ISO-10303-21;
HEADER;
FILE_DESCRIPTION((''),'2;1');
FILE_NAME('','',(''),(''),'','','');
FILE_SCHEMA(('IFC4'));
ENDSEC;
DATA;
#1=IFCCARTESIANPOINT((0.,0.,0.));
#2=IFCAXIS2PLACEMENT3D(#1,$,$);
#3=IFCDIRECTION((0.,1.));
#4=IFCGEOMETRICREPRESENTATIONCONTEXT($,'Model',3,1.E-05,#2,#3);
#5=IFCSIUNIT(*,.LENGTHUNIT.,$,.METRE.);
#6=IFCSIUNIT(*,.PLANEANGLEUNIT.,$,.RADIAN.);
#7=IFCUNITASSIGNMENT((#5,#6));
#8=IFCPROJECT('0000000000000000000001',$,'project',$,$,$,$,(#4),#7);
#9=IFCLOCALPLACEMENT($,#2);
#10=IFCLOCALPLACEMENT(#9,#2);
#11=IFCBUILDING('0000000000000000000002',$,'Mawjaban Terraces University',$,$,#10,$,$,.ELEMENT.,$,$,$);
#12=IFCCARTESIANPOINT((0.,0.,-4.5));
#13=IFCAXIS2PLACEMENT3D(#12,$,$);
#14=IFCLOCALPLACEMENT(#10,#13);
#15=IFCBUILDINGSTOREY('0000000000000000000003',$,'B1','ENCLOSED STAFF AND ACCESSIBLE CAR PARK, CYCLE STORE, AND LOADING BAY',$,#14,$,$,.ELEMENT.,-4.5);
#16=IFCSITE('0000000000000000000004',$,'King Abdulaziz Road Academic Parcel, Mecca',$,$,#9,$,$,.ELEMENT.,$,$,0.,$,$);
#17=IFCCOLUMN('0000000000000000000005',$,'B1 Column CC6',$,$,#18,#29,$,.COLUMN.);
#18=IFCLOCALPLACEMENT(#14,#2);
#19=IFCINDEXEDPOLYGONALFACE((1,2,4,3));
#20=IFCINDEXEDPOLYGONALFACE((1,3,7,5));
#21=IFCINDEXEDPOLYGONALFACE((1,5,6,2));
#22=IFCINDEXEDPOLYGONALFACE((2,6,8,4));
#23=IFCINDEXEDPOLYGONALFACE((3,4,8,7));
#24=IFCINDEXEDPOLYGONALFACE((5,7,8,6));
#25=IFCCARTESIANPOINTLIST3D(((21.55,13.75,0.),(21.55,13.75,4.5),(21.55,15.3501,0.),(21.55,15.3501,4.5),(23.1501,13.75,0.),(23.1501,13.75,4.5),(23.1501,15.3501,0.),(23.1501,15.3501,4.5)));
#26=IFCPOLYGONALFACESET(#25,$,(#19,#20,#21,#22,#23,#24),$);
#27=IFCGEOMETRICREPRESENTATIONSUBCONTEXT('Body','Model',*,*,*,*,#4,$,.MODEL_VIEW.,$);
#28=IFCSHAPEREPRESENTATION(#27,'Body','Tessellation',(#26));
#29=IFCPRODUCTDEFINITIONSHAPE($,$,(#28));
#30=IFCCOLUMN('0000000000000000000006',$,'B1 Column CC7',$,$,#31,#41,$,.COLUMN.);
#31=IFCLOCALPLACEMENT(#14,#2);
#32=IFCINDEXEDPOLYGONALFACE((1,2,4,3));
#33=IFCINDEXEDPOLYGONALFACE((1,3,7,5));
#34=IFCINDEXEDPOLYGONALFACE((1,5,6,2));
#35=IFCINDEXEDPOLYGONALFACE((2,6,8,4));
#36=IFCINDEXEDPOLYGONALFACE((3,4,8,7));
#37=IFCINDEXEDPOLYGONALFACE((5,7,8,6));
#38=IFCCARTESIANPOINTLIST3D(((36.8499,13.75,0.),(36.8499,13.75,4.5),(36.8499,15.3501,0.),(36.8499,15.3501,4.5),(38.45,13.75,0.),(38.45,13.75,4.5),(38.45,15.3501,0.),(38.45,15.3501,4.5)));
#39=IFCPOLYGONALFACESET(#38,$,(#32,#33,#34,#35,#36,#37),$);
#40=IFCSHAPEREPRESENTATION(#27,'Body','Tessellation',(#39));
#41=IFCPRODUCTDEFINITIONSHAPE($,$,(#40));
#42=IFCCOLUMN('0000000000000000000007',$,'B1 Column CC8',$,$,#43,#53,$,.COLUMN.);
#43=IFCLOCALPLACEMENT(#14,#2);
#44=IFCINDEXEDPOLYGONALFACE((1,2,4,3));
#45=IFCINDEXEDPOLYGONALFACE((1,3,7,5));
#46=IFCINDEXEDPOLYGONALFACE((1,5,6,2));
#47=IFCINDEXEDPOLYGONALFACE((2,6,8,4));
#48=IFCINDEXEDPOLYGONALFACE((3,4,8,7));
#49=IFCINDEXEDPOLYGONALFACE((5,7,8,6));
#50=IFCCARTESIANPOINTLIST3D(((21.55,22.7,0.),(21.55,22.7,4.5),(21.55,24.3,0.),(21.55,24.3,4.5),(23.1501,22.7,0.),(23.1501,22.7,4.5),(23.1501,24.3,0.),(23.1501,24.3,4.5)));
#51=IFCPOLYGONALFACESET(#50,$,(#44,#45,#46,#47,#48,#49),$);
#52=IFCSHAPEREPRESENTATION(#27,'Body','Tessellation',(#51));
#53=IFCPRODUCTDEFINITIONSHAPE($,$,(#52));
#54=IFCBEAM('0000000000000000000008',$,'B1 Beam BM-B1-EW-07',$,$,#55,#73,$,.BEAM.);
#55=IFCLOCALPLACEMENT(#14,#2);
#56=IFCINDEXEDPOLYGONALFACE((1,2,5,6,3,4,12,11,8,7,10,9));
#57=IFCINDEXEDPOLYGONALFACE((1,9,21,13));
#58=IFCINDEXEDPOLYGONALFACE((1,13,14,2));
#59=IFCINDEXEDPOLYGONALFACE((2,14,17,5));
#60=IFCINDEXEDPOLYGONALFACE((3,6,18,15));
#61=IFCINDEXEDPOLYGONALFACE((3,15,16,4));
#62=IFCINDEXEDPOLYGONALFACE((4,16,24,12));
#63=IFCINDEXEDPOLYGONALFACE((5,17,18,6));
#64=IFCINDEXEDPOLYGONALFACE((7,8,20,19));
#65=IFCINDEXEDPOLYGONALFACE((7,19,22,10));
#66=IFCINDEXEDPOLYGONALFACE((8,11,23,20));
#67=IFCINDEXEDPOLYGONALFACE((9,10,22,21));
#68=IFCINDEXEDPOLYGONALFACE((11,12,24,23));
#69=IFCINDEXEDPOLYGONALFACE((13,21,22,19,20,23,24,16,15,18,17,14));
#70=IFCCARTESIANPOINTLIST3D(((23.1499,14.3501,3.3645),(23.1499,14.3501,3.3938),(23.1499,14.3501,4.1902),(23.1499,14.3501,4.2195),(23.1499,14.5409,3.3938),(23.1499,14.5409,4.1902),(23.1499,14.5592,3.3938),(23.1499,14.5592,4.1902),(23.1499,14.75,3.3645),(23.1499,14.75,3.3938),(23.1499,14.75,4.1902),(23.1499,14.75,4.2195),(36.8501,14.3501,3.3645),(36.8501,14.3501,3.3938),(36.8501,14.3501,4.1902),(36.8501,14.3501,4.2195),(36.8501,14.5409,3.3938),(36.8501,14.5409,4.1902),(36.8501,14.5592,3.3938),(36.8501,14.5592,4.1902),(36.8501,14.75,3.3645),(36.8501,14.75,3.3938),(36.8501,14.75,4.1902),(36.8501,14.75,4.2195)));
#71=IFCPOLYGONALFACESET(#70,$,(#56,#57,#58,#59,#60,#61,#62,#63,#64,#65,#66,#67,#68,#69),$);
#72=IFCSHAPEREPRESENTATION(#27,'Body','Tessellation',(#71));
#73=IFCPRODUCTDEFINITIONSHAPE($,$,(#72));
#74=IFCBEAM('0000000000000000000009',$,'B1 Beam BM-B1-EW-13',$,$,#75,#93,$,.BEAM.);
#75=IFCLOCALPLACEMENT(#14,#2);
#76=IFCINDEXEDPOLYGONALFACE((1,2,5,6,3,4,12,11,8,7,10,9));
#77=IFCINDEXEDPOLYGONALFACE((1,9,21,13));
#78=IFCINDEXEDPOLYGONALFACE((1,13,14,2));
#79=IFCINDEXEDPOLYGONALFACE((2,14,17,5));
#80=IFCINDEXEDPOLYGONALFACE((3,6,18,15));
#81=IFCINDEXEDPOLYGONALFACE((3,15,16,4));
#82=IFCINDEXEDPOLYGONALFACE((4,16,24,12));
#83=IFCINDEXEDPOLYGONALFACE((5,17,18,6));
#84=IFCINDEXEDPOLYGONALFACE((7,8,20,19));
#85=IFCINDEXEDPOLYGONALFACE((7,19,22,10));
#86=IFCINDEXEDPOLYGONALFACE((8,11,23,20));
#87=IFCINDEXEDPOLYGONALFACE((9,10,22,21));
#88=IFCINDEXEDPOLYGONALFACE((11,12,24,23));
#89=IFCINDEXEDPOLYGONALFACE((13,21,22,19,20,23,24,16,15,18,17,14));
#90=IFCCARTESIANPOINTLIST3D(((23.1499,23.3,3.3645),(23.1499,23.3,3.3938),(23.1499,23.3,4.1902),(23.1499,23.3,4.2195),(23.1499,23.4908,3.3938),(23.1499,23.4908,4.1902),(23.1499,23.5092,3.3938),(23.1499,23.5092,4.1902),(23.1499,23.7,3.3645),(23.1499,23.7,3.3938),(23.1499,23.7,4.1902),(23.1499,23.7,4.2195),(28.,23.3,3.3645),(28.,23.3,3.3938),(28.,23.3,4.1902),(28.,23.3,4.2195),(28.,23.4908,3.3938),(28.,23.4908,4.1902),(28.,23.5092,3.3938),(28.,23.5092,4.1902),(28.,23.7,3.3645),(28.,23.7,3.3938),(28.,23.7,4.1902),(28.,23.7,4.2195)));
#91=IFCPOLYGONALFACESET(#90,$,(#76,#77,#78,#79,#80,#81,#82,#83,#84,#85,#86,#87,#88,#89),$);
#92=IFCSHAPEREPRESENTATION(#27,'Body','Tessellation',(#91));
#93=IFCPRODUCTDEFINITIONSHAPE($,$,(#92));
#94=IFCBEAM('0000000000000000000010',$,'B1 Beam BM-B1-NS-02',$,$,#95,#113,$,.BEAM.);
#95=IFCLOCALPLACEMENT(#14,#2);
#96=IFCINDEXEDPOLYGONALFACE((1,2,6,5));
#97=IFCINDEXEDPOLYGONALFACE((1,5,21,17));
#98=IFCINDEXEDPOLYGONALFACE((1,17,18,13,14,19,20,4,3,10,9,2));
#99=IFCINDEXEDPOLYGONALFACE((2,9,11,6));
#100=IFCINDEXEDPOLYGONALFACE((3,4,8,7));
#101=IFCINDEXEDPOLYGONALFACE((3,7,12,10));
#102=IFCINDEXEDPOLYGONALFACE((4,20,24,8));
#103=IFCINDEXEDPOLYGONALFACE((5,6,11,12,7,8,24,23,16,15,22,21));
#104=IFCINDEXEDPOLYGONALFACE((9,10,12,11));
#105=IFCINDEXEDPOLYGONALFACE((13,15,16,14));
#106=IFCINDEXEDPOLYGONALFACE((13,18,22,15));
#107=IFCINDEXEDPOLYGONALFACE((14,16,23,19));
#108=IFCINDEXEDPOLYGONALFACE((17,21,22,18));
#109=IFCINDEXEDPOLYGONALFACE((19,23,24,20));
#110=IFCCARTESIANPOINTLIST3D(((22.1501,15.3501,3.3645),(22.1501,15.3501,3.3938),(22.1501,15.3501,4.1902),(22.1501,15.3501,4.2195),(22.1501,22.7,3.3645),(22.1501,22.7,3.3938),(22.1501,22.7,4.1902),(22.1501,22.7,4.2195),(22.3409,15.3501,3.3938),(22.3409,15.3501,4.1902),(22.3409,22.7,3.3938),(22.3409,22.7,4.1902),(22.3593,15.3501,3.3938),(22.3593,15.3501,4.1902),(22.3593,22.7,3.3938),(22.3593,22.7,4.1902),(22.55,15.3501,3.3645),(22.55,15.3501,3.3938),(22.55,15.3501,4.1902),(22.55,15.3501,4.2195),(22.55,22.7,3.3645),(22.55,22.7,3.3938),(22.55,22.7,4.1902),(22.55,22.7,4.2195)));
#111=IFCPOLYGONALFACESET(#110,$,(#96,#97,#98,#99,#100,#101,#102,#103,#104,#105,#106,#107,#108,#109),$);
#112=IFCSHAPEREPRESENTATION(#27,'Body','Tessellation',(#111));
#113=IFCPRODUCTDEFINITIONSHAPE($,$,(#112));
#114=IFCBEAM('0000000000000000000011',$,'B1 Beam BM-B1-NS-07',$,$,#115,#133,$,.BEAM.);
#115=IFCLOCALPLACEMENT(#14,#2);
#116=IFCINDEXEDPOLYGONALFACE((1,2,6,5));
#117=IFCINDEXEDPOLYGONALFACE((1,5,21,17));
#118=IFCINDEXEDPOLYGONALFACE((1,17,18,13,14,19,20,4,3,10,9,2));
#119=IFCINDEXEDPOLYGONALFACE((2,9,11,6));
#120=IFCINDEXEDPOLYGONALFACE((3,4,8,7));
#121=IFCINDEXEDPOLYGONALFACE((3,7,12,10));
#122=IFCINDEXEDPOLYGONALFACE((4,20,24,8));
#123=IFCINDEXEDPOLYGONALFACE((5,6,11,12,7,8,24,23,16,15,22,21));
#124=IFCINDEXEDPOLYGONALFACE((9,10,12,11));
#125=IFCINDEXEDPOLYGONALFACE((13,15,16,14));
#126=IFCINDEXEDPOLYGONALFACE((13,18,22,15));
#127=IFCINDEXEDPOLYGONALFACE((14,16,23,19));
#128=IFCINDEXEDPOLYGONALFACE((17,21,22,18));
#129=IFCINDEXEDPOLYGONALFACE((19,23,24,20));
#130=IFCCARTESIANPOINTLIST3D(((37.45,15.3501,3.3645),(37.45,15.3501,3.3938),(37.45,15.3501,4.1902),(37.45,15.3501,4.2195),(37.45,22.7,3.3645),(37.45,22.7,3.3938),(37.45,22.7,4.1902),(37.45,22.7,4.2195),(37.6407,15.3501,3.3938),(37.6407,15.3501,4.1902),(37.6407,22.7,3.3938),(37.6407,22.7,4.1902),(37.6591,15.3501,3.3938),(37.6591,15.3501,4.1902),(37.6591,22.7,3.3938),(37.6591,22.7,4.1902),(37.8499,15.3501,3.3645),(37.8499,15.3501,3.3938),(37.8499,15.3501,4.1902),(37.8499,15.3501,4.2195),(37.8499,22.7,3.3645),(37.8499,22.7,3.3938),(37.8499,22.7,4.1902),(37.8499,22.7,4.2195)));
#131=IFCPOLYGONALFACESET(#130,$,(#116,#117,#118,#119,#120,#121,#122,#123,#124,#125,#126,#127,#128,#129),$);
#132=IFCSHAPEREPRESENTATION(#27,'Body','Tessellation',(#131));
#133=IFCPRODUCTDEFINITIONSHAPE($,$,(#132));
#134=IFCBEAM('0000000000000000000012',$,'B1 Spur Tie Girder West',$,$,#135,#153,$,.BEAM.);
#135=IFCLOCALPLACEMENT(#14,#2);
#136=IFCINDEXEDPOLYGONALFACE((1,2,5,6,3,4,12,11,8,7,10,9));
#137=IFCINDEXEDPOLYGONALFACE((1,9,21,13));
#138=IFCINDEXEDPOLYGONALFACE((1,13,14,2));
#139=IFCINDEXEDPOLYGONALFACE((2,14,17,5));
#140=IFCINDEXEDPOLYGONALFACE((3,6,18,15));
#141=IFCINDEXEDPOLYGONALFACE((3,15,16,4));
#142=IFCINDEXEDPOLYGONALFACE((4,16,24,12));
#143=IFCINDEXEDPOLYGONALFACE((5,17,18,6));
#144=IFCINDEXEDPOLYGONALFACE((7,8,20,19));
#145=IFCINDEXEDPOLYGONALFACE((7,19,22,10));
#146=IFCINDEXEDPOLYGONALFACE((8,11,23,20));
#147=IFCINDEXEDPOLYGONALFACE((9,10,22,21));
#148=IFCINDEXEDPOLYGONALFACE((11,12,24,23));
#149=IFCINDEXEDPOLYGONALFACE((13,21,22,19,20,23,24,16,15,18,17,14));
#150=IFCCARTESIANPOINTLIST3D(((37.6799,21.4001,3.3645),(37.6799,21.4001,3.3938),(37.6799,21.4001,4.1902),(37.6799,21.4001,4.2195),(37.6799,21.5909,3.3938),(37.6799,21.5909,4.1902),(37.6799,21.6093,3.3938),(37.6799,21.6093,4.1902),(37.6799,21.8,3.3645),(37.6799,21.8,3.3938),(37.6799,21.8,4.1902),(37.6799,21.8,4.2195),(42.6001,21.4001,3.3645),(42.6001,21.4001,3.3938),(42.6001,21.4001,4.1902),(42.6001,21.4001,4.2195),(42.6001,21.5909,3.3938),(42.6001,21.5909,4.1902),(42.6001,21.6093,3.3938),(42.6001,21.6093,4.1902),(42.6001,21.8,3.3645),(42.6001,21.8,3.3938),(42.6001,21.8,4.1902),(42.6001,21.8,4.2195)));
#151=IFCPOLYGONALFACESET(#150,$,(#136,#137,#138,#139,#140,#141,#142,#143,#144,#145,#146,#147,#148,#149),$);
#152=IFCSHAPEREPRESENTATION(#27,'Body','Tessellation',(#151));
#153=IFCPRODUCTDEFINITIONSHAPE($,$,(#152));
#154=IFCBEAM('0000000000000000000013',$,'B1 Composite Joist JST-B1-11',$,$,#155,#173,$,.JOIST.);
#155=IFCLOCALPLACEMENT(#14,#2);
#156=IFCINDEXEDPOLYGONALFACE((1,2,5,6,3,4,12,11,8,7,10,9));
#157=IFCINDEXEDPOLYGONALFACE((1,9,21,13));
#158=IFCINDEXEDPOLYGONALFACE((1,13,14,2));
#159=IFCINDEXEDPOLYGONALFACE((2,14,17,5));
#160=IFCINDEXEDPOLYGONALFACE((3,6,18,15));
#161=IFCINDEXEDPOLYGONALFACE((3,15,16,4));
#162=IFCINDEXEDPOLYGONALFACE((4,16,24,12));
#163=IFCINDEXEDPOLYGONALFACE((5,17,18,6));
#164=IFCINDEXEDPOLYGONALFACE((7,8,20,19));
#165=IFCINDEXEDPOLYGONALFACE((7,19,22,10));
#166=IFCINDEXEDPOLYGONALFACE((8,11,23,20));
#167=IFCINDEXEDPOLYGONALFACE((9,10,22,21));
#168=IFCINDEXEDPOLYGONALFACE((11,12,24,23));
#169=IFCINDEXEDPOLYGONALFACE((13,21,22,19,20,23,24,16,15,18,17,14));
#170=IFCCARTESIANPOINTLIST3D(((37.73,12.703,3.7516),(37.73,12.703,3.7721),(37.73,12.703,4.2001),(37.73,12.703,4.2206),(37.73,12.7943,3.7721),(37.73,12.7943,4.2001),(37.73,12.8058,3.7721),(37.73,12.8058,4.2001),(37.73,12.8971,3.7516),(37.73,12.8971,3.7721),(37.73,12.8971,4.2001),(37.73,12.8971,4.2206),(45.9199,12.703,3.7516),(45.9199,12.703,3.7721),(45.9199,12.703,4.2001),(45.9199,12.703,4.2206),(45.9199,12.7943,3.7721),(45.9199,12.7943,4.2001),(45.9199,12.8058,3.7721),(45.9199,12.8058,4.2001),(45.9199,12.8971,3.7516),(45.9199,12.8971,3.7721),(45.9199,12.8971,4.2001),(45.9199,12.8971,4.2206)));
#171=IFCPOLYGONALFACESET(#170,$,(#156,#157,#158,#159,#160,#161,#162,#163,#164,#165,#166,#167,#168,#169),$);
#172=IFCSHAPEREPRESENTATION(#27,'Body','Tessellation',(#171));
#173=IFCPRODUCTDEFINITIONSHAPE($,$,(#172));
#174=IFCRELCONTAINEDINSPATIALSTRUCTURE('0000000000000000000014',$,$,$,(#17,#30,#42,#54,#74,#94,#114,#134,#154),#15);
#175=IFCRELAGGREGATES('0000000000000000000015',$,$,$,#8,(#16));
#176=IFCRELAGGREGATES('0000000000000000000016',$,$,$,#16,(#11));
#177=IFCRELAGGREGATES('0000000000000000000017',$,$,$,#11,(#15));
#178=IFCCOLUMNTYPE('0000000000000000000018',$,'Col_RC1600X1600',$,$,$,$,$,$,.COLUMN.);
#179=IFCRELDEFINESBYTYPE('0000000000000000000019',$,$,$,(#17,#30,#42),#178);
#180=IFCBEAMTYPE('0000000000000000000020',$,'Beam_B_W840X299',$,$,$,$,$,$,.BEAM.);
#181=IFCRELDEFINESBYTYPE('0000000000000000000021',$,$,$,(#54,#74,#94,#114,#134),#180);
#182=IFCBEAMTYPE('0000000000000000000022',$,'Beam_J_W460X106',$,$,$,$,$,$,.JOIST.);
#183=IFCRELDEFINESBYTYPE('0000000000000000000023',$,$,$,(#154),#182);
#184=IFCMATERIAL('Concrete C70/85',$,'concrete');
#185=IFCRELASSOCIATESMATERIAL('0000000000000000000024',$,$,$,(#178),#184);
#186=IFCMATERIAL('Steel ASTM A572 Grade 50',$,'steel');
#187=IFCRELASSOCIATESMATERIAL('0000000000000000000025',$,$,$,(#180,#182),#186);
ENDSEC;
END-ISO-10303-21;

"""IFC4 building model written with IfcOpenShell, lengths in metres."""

from ifc_helpers import new_model, si_unit, direction, frame, origin, origin_2d, place, context, subcontext, project, spatial, rectangle, i_section, extrude, material, material_profile, profile_set, type_object, element, save


model = new_model("IFC4")

# Units and contexts
model_context = context("Model", 3, precision=1e-05, world=origin(), true_north=direction((0.0, 1.0)))
body_context = subcontext(model_context, "Body", "Model", "MODEL_VIEW")
ifc_project = project(units=[si_unit("LENGTHUNIT", "METRE"), si_unit("PLANEANGLEUNIT", "RADIAN")], contexts=[model_context])

# Site, building, storey
site_placement = place(None, origin())
site = spatial("IfcSite", under=ifc_project, at=site_placement, Name="King Abdulaziz Road Academic Parcel, Mecca", CompositionType="ELEMENT", RefElevation=0.0)
building_placement = place(site_placement, origin())
building = spatial("IfcBuilding", under=site, at=building_placement, Name="Mawjaban Terraces University", CompositionType="ELEMENT")
storey_placement = place(building_placement, frame((0.0, 0.0, -4.5)))
storey = spatial("IfcBuildingStorey", under=building, at=storey_placement, Name="B1", Description="ENCLOSED STAFF AND ACCESSIBLE CAR PARK, CYCLE STORE, AND LOADING BAY", CompositionType="ELEMENT", Elevation=-4.5)

# Columns
ifc_material_1 = material(Name="Concrete C70/85", Category="concrete")
ifc_material_profile_1 = material_profile(ifc_material_1, rectangle(XDim=1.6001, YDim=1.6001, at=origin_2d()), Name="RC1600X1600")
ifc_profile_set_1 = profile_set([ifc_material_profile_1], Name="Concrete C70/85")
column_type = type_object("IfcColumnType", Name="Col_RC1600X1600", PredefinedType="COLUMN", material=ifc_profile_set_1)
for number, where, z_axis, x_axis, name in (
    (1, (22.3501, 14.55, 0.0), (0.0, 0.0, 1.0), (1.0, 0.0, 0.0), "B1 Column CC6"),
    (2, (37.6499, 14.55, 0.0), (0.0, 0.0, 1.0), (1.0, 0.0, 0.0), "B1 Column CC7"),
    (3, (22.3501, 23.5, 0.0), (0.0, 0.0, 1.0), (1.0, 0.0, 0.0), "B1 Column CC8"),
):
    element("IfcColumn", number, at=place(storey_placement, frame(where, z_axis=z_axis, x_axis=x_axis)), inside=storey, type_object=column_type, Name=name, PredefinedType="COLUMN", context=body_context, shape_type="SweptSolid", body=[
        extrude(rectangle(XDim=1.6001, YDim=1.6001, at=origin_2d()), origin(), (0.0, 0.0, 1.0), 4.5),
    ])

# Beams
ifc_material_2 = material(Name="Steel ASTM A572 Grade 50", Category="steel")
ifc_material_profile_2 = material_profile(ifc_material_2, i_section(OverallWidth=0.3999, OverallDepth=0.855, WebThickness=0.0183, FlangeThickness=0.0293, at=origin_2d()), Name="W840X299")
ifc_profile_set_2 = profile_set([ifc_material_profile_2], Name="Steel ASTM A572 Grade 50")
beam_type_1 = type_object("IfcBeamType", Name="Beam_B_W840X299", PredefinedType="BEAM", material=ifc_profile_set_2)
beam_1_placement = place(storey_placement, frame((23.1499, 14.55, 3.792), z_axis=(1.0, 0.0, 0.0), x_axis=(0.0, 1.0, 0.0)))
element("IfcBeam", 4, at=beam_1_placement, inside=storey, type_object=beam_type_1, Name="B1 Beam BM-B1-EW-07", PredefinedType="BEAM", context=body_context, shape_type="SweptSolid", body=[
    extrude(i_section(OverallWidth=0.3999, OverallDepth=0.855, WebThickness=0.0183, FlangeThickness=0.0293, at=origin_2d()), origin(), (0.0, 0.0, 1.0), 13.7002),
])
beam_2_placement = place(storey_placement, frame((23.1499, 23.5, 3.792), z_axis=(1.0, 0.0, 0.0), x_axis=(0.0, 1.0, 0.0)))
element("IfcBeam", 5, at=beam_2_placement, inside=storey, type_object=beam_type_1, Name="B1 Beam BM-B1-EW-13", PredefinedType="BEAM", context=body_context, shape_type="SweptSolid", body=[
    extrude(i_section(OverallWidth=0.3999, OverallDepth=0.855, WebThickness=0.0183, FlangeThickness=0.0293, at=origin_2d()), origin(), (0.0, 0.0, 1.0), 4.8501),
])
for number, where, z_axis, x_axis, name in (
    (6, (22.3501, 15.3501, 3.792), (0.0, 1.0, 0.0), (-1.0, 0.0, 0.0), "B1 Beam BM-B1-NS-02"),
    (7, (37.6499, 15.3501, 3.792), (0.0, 1.0, 0.0), (-1.0, 0.0, 0.0), "B1 Beam BM-B1-NS-07"),
):
    element("IfcBeam", number, at=place(storey_placement, frame(where, z_axis=z_axis, x_axis=x_axis)), inside=storey, type_object=beam_type_1, Name=name, PredefinedType="BEAM", context=body_context, shape_type="SweptSolid", body=[
        extrude(i_section(OverallWidth=0.3999, OverallDepth=0.855, WebThickness=0.0183, FlangeThickness=0.0293, at=origin_2d()), origin(), (0.0, 0.0, 1.0), 7.3499),
    ])
beam_3_placement = place(storey_placement, frame((37.6799, 21.6001, 3.792), z_axis=(1.0, 0.0, 0.0), x_axis=(0.0, 1.0, 0.0)))
element("IfcBeam", 8, at=beam_3_placement, inside=storey, type_object=beam_type_1, Name="B1 Spur Tie Girder West", PredefinedType="BEAM", context=body_context, shape_type="SweptSolid", body=[
    extrude(i_section(OverallWidth=0.3999, OverallDepth=0.855, WebThickness=0.0183, FlangeThickness=0.0293, at=origin_2d()), origin(), (0.0, 0.0, 1.0), 4.9202),
])
ifc_material_profile_3 = material_profile(ifc_material_2, i_section(OverallWidth=0.1941, OverallDepth=0.469, WebThickness=0.0115, FlangeThickness=0.0205, at=origin_2d()), Name="W460X106")
ifc_profile_set_3 = profile_set([ifc_material_profile_3], Name="Steel ASTM A572 Grade 50")
beam_type_2 = type_object("IfcBeamType", Name="Beam_J_W460X106", PredefinedType="JOIST", material=ifc_profile_set_3)
beam_4_placement = place(storey_placement, frame((37.73, 12.8, 3.9861), z_axis=(1.0, 0.0, 0.0), x_axis=(0.0, 1.0, 0.0)))
element("IfcBeam", 9, at=beam_4_placement, inside=storey, type_object=beam_type_2, Name="B1 Composite Joist JST-B1-11", PredefinedType="JOIST", context=body_context, shape_type="SweptSolid", body=[
    extrude(i_section(OverallWidth=0.1941, OverallDepth=0.469, WebThickness=0.0115, FlangeThickness=0.0205, at=origin_2d()), origin(), (0.0, 0.0, 1.0), 8.1899),
])

save(model, "model.ifc")
